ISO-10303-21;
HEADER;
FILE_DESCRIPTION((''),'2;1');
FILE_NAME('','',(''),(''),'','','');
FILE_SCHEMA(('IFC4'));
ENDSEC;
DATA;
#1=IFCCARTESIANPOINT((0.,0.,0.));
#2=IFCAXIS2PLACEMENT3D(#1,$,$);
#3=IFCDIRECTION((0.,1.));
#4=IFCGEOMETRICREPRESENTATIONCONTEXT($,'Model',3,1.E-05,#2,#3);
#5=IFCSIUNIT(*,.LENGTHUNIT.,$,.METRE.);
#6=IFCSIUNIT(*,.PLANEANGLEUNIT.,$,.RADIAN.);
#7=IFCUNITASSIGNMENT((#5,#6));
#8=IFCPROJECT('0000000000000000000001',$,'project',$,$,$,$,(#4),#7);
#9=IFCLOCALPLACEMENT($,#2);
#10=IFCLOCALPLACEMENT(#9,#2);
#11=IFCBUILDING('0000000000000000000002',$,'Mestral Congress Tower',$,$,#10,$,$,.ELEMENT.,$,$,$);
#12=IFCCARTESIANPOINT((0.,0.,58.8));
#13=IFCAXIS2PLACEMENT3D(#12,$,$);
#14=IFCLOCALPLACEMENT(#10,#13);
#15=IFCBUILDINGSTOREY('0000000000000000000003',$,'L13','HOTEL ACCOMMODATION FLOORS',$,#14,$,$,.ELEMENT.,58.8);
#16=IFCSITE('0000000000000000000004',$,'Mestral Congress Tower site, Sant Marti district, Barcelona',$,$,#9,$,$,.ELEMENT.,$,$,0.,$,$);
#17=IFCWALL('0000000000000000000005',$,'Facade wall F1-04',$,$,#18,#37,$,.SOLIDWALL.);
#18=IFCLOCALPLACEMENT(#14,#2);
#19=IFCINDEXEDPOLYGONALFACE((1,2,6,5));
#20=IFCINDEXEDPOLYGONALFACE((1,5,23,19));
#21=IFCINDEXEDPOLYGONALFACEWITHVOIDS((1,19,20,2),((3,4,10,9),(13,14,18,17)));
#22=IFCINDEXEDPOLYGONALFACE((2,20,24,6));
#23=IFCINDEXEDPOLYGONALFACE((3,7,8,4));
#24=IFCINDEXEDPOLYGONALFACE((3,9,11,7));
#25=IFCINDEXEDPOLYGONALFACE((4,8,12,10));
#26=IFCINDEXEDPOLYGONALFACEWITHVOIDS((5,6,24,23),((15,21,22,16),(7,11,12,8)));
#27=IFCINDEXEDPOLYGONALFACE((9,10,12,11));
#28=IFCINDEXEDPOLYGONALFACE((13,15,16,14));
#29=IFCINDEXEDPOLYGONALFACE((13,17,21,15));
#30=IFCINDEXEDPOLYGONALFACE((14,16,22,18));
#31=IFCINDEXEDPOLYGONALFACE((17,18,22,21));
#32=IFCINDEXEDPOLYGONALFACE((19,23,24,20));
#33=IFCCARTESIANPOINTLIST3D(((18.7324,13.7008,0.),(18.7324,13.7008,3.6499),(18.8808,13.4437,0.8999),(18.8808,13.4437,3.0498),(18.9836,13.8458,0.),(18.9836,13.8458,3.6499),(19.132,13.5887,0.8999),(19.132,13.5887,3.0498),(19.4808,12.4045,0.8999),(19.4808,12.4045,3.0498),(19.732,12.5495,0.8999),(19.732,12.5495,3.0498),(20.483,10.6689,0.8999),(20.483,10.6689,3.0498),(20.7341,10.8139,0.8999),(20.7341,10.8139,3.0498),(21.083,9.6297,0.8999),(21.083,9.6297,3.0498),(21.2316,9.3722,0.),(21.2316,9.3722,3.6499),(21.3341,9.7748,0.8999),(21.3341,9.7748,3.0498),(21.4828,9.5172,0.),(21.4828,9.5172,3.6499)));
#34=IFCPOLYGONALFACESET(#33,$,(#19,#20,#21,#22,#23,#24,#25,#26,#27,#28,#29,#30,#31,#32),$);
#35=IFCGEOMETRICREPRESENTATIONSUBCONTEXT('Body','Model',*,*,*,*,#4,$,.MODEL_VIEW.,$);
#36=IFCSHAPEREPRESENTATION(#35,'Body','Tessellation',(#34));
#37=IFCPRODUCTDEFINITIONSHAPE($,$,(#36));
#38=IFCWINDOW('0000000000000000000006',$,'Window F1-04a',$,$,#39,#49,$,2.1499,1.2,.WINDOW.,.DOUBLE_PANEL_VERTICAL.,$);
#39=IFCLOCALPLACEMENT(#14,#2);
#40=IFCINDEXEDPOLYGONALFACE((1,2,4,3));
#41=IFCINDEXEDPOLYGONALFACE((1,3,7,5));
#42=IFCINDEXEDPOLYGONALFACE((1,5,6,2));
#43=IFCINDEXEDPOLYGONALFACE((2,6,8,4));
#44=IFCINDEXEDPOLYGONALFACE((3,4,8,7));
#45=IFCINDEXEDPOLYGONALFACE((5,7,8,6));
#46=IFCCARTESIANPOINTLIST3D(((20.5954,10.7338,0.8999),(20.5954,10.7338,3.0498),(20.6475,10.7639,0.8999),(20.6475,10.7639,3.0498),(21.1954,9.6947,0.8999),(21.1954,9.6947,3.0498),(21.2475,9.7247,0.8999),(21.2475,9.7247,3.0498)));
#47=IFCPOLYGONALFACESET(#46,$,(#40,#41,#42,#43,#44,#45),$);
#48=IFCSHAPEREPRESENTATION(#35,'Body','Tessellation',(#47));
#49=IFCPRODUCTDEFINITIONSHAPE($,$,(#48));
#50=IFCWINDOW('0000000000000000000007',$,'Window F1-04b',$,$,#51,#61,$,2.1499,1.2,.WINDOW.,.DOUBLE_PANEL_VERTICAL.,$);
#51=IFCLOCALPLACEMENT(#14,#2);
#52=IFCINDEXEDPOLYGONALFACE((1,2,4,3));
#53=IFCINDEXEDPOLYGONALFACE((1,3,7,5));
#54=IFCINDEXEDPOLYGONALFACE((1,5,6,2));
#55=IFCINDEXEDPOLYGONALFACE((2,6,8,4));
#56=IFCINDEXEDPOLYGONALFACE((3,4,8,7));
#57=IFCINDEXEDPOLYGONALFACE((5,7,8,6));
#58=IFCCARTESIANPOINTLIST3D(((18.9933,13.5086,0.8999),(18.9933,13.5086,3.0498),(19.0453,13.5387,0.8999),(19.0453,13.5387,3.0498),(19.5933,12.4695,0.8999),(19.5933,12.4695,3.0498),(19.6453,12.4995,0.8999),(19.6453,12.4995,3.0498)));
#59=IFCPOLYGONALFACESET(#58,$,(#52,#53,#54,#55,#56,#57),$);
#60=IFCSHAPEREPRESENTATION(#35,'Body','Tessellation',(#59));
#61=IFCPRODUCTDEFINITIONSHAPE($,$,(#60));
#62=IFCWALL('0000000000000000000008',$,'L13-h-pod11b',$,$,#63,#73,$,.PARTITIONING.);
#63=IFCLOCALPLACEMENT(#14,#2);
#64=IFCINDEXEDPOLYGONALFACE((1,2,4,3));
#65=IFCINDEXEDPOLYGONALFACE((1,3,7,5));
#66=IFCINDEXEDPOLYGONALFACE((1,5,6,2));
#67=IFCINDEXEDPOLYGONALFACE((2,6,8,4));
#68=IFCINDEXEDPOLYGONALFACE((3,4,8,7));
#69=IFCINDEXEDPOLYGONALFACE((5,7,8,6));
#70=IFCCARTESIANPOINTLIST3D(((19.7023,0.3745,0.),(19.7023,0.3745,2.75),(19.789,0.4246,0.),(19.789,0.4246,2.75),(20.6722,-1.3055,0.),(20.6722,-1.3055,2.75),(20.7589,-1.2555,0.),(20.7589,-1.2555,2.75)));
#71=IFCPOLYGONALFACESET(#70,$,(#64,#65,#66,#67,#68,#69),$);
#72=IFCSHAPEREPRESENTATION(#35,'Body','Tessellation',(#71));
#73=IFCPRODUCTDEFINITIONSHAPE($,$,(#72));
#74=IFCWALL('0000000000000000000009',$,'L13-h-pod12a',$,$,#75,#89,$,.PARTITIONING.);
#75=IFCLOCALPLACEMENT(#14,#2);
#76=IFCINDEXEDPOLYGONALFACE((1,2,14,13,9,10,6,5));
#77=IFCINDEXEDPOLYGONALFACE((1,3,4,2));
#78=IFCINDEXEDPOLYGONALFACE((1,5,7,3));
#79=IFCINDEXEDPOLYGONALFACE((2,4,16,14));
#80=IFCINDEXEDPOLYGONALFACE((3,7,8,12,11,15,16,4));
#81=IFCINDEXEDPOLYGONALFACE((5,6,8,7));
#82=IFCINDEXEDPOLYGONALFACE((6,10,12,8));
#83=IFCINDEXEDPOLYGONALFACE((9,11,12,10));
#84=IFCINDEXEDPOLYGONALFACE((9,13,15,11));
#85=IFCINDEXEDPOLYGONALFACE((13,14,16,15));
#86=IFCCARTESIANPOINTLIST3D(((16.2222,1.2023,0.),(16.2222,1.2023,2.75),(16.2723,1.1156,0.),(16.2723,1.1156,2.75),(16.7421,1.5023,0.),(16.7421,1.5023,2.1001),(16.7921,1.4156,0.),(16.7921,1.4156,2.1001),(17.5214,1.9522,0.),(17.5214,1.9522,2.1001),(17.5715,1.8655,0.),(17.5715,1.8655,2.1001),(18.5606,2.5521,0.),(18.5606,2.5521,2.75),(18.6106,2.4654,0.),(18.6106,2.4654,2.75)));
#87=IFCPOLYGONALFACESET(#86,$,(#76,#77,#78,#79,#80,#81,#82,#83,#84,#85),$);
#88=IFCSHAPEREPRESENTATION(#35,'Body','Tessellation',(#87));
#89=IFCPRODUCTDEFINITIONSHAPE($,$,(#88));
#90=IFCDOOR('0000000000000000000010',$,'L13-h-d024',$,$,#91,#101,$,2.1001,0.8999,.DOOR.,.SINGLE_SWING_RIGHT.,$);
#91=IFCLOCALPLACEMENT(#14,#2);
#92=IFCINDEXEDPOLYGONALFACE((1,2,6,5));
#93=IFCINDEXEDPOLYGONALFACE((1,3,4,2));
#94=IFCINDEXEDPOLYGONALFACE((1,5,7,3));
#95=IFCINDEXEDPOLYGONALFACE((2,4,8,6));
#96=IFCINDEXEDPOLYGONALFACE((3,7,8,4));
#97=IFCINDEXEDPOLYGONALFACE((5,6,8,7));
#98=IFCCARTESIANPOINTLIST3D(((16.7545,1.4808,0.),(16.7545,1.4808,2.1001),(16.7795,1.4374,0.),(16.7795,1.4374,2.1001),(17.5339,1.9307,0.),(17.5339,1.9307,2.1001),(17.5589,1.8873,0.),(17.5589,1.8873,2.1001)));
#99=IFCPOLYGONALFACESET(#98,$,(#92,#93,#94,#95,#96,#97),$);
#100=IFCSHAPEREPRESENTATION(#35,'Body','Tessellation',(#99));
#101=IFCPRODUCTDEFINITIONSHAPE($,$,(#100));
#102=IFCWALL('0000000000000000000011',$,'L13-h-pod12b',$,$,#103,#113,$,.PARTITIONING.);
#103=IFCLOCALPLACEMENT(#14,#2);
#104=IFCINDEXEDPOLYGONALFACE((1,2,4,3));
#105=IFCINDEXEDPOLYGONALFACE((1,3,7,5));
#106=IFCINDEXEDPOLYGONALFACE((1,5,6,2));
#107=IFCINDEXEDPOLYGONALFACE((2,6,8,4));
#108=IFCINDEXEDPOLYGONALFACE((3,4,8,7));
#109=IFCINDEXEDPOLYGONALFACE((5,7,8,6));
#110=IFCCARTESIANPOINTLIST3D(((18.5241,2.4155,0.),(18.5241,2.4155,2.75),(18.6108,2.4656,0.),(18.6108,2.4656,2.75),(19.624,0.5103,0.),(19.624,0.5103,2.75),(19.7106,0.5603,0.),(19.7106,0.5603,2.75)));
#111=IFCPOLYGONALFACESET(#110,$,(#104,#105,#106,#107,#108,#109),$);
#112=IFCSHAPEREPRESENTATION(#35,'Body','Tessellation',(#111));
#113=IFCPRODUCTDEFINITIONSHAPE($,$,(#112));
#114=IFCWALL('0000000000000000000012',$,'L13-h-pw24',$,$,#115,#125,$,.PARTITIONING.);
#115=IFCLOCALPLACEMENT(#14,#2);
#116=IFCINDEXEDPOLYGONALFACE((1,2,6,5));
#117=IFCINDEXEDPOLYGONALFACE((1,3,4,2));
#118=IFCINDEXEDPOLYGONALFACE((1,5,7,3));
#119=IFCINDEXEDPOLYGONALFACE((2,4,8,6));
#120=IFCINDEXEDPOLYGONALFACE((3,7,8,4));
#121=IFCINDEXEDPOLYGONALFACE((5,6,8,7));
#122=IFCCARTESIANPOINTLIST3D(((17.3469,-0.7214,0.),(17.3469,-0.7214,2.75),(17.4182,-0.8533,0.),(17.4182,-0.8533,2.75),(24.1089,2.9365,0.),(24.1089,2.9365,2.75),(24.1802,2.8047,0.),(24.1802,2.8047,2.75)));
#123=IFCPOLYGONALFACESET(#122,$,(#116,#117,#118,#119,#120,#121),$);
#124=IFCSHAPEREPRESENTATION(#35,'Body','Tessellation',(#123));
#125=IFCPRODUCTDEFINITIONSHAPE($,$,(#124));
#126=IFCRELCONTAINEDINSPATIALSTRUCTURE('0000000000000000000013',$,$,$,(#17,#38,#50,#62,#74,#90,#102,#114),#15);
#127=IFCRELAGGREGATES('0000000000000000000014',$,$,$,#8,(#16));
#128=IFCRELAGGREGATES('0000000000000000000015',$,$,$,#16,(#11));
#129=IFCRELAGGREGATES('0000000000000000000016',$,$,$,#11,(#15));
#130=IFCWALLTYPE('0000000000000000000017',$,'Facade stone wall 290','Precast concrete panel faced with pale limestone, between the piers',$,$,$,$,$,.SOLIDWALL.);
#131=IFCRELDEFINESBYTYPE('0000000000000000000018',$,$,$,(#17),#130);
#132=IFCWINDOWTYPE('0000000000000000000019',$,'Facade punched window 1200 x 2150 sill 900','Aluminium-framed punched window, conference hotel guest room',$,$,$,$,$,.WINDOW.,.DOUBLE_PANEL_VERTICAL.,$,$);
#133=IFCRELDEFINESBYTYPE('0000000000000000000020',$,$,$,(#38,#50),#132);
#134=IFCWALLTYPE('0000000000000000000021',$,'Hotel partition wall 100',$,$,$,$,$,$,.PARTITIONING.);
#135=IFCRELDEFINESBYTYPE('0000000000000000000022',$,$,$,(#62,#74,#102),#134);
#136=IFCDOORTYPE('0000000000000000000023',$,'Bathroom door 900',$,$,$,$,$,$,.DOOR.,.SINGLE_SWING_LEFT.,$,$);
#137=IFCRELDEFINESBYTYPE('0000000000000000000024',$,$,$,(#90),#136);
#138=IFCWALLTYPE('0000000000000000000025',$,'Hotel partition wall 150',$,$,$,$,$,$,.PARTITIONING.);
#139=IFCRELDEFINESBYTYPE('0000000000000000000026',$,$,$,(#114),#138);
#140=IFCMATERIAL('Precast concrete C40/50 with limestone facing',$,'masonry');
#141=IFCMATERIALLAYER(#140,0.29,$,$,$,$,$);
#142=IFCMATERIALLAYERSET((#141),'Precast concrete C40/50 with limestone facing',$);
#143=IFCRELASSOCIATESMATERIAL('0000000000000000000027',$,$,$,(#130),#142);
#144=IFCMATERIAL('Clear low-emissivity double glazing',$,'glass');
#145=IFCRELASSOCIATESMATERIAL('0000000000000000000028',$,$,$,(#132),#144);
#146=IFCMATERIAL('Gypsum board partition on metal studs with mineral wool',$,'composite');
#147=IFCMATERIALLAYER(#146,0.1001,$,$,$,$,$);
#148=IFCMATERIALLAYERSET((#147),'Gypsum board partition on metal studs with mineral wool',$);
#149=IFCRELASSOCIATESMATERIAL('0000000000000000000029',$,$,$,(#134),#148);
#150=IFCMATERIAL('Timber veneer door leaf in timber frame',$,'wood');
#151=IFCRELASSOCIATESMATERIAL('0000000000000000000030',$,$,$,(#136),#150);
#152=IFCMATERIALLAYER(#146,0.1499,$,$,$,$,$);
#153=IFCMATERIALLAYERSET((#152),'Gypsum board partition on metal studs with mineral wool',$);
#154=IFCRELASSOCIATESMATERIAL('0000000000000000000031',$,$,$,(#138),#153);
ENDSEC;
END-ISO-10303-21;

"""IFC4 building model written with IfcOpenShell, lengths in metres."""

from ifc_helpers import new_model, si_unit, direction, frame, frame_2d, origin, place, context, subcontext, project, spatial, rectangle, extrude, material, layer, layer_set, type_object, element, fill, save


model = new_model("IFC4")

# Units and contexts
model_context = context("Model", 3, precision=1e-05, world=origin(), true_north=direction((0.0, 1.0)))
body_context = subcontext(model_context, "Body", "Model", "MODEL_VIEW")
ifc_project = project(units=[si_unit("LENGTHUNIT", "METRE"), si_unit("PLANEANGLEUNIT", "RADIAN")], contexts=[model_context])

# Site, building, storey
site_placement = place(None, origin())
site = spatial("IfcSite", under=ifc_project, at=site_placement, Name="Mestral Congress Tower site, Sant Marti district, Barcelona", CompositionType="ELEMENT", RefElevation=0.0)
building_placement = place(site_placement, origin())
building = spatial("IfcBuilding", under=site, at=building_placement, Name="Mestral Congress Tower", CompositionType="ELEMENT")
storey_placement = place(building_placement, frame((0.0, 0.0, 58.8)))
storey = spatial("IfcBuildingStorey", under=building, at=storey_placement, Name="L13", Description="HOTEL ACCOMMODATION FLOORS", CompositionType="ELEMENT", Elevation=58.8)

# Wall, openings, windows
ifc_material_1 = material(Name="Precast concrete C40/50 with limestone facing", Category="masonry")
ifc_layer_1 = layer(ifc_material_1, 0.29)
ifc_layer_set_1 = layer_set([ifc_layer_1], Name="Precast concrete C40/50 with limestone facing")
wall_type_1 = type_object("IfcWallType", Name="Facade stone wall 290", Description="Precast concrete panel faced with pale limestone, between the piers", PredefinedType="SOLIDWALL", material=ifc_layer_set_1)
ifc_material_2 = material(Name="Clear low-emissivity double glazing", Category="glass")
window_type = type_object("IfcWindowType", Name="Facade punched window 1200 x 2150 sill 900", Description="Aluminium-framed punched window, conference hotel guest room", PartitioningType="DOUBLE_PANEL_VERTICAL", PredefinedType="WINDOW", material=ifc_material_2)
wall_1_placement = place(storey_placement, frame((21.3572, 9.4448, 0.0), z_axis=(0.0, 0.0, 1.0), x_axis=(-0.500021, 0.866013, 0.0)))
wall_1 = element("IfcWall", 1, at=wall_1_placement, inside=storey, type_object=wall_type_1, Name="Facade wall F1-04", PredefinedType="SOLIDWALL", context=body_context, shape_type="SweptSolid", body=[
    extrude(rectangle(XDim=4.9983, YDim=0.29, at=frame_2d((2.499, 0.0))), origin(), (0.0, 0.0, 1.0), 3.6499),
])
opening_1_placement = place(wall_1_placement, frame((0.2971, 0.0, 0.8999)))
opening_1 = element("IfcOpeningElement", 2, at=opening_1_placement, cuts=wall_1, PredefinedType="OPENING", context=body_context, shape_type="SweptSolid", body=[
    extrude(rectangle(XDim=1.2, YDim=2.1499, at=frame_2d((0.6001, 1.075))), frame((0.0, 0.155, 0.0), z_axis=(0.0, -1.0, 0.0), x_axis=(1.0, 0.0, 0.0)), (0.0, 0.0, 1.0), 0.3101),
])
opening_2_placement = place(wall_1_placement, frame((3.5012, 0.0, 0.8999)))
opening_2 = element("IfcOpeningElement", 3, at=opening_2_placement, cuts=wall_1, PredefinedType="OPENING", context=body_context, shape_type="SweptSolid", body=[
    extrude(rectangle(XDim=1.2, YDim=2.1499, at=frame_2d((0.6001, 1.075))), frame((0.0, 0.155, 0.0), z_axis=(0.0, -1.0, 0.0), x_axis=(1.0, 0.0, 0.0)), (0.0, 0.0, 1.0), 0.3101),
])
window_1_placement = place(opening_1_placement, origin())
window_1 = element("IfcWindow", 4, at=window_1_placement, inside=storey, type_object=window_type, Name="Window F1-04a", OverallHeight=2.1499, OverallWidth=1.2, PartitioningType="DOUBLE_PANEL_VERTICAL", PredefinedType="WINDOW", context=body_context, shape_type="SweptSolid", body=[
    extrude(rectangle(XDim=1.2, YDim=2.1499, at=frame_2d((0.6001, 1.075))), frame((0.0, 0.0151, 0.0), z_axis=(0.0, -1.0, 0.0), x_axis=(1.0, 0.0, 0.0)), (0.0, 0.0, 1.0), 0.0601),
])
fill(opening_1, window_1)
window_2_placement = place(opening_2_placement, origin())
window_2 = element("IfcWindow", 5, at=window_2_placement, inside=storey, type_object=window_type, Name="Window F1-04b", OverallHeight=2.1499, OverallWidth=1.2, PartitioningType="DOUBLE_PANEL_VERTICAL", PredefinedType="WINDOW", context=body_context, shape_type="SweptSolid", body=[
    extrude(rectangle(XDim=1.2, YDim=2.1499, at=frame_2d((0.6001, 1.075))), frame((0.0, 0.0151, 0.0), z_axis=(0.0, -1.0, 0.0), x_axis=(1.0, 0.0, 0.0)), (0.0, 0.0, 1.0), 0.0601),
])
fill(opening_2, window_2)

# Wall
ifc_material_3 = material(Name="Gypsum board partition on metal studs with mineral wool", Category="composite")
ifc_layer_2 = layer(ifc_material_3, 0.1001)
ifc_layer_set_2 = layer_set([ifc_layer_2], Name="Gypsum board partition on metal studs with mineral wool")
wall_type_2 = type_object("IfcWallType", Name="Hotel partition wall 100", PredefinedType="PARTITIONING", material=ifc_layer_set_2)
wall_2_placement = place(storey_placement, frame((20.7156, -1.2805, 0.0), z_axis=(0.0, 0.0, 1.0), x_axis=(-0.499969, 0.866043, 0.0)))
element("IfcWall", 6, at=wall_2_placement, inside=storey, type_object=wall_type_2, Name="L13-h-pod11b", PredefinedType="PARTITIONING", context=body_context, shape_type="SweptSolid", body=[
    extrude(rectangle(XDim=1.9399, YDim=0.1001, at=frame_2d((0.97, 0.0))), origin(), (0.0, 0.0, 1.0), 2.75),
])

# Wall, opening, door
wall_3_placement = place(storey_placement, frame((18.5857, 2.5088, 0.0), z_axis=(0.0, 0.0, 1.0), x_axis=(-0.866059, -0.499942, 0.0)))
wall_3 = element("IfcWall", 7, at=wall_3_placement, inside=storey, type_object=wall_type_2, Name="L13-h-pod12a", PredefinedType="PARTITIONING", context=body_context, shape_type="SweptSolid", body=[
    extrude(rectangle(XDim=2.7, YDim=0.1001, at=frame_2d((1.3501, 0.0))), origin(), (0.0, 0.0, 1.0), 2.75),
])
opening_3_placement = place(wall_3_placement, frame((1.2, 0.0, 0.0)))
opening_3 = element("IfcOpeningElement", 8, at=opening_3_placement, cuts=wall_3, PredefinedType="OPENING", context=body_context, shape_type="SweptSolid", body=[
    extrude(rectangle(XDim=0.8999, YDim=2.1001, at=frame_2d((0.45, 1.05))), frame((0.0, 0.0601, 0.0), z_axis=(0.0, -1.0, 0.0), x_axis=(1.0, 0.0, 0.0)), (0.0, 0.0, 1.0), 0.1201),
])
ifc_material_4 = material(Name="Timber veneer door leaf in timber frame", Category="wood")
door_type_1 = type_object("IfcDoorType", Name="Bathroom door 900", OperationType="SINGLE_SWING_LEFT", PredefinedType="DOOR", material=ifc_material_4)
door_1_placement = place(opening_3_placement, origin())
door_1 = element("IfcDoor", 9, at=door_1_placement, inside=storey, type_object=door_type_1, Name="L13-h-d024", OperationType="SINGLE_SWING_RIGHT", OverallHeight=2.1001, OverallWidth=0.8999, PredefinedType="DOOR", context=body_context, shape_type="SweptSolid", body=[
    extrude(rectangle(XDim=0.8999, YDim=2.1001, at=frame_2d((0.45, 1.05))), frame((0.0, 0.0249, 0.0), z_axis=(0.0, -1.0, 0.0), x_axis=(1.0, 0.0, 0.0)), (0.0, 0.0, 1.0), 0.05),
])
fill(opening_3, door_1)

# Walls
wall_4_placement = place(storey_placement, frame((18.5674, 2.4407, 0.0), z_axis=(0.0, 0.0, 1.0), x_axis=(0.499947, -0.866056, 0.0)))
element("IfcWall", 10, at=wall_4_placement, inside=storey, type_object=wall_type_2, Name="L13-h-pod12b", PredefinedType="PARTITIONING", context=body_context, shape_type="SweptSolid", body=[
    extrude(rectangle(XDim=2.2, YDim=0.1001, at=frame_2d((1.1001, 0.0))), origin(), (0.0, 0.0, 1.0), 2.75),
])
ifc_layer_3 = layer(ifc_material_3, 0.1499)
ifc_layer_set_3 = layer_set([ifc_layer_3], Name="Gypsum board partition on metal studs with mineral wool")
wall_type_3 = type_object("IfcWallType", Name="Hotel partition wall 150", PredefinedType="PARTITIONING", material=ifc_layer_set_3)
wall_5_placement = place(storey_placement, frame((24.1445, 2.8706, 0.0), z_axis=(0.0, 0.0, 1.0), x_axis=(-0.879552, -0.475803, 0.0)))
element("IfcWall", 11, at=wall_5_placement, inside=storey, type_object=wall_type_3, Name="L13-h-pw24", PredefinedType="PARTITIONING", context=body_context, shape_type="SweptSolid", body=[
    extrude(rectangle(XDim=7.688, YDim=0.1499, at=frame_2d((3.844, 0.0))), origin(), (0.0, 0.0, 1.0), 2.75),
])

save(model, "model.ifc")
